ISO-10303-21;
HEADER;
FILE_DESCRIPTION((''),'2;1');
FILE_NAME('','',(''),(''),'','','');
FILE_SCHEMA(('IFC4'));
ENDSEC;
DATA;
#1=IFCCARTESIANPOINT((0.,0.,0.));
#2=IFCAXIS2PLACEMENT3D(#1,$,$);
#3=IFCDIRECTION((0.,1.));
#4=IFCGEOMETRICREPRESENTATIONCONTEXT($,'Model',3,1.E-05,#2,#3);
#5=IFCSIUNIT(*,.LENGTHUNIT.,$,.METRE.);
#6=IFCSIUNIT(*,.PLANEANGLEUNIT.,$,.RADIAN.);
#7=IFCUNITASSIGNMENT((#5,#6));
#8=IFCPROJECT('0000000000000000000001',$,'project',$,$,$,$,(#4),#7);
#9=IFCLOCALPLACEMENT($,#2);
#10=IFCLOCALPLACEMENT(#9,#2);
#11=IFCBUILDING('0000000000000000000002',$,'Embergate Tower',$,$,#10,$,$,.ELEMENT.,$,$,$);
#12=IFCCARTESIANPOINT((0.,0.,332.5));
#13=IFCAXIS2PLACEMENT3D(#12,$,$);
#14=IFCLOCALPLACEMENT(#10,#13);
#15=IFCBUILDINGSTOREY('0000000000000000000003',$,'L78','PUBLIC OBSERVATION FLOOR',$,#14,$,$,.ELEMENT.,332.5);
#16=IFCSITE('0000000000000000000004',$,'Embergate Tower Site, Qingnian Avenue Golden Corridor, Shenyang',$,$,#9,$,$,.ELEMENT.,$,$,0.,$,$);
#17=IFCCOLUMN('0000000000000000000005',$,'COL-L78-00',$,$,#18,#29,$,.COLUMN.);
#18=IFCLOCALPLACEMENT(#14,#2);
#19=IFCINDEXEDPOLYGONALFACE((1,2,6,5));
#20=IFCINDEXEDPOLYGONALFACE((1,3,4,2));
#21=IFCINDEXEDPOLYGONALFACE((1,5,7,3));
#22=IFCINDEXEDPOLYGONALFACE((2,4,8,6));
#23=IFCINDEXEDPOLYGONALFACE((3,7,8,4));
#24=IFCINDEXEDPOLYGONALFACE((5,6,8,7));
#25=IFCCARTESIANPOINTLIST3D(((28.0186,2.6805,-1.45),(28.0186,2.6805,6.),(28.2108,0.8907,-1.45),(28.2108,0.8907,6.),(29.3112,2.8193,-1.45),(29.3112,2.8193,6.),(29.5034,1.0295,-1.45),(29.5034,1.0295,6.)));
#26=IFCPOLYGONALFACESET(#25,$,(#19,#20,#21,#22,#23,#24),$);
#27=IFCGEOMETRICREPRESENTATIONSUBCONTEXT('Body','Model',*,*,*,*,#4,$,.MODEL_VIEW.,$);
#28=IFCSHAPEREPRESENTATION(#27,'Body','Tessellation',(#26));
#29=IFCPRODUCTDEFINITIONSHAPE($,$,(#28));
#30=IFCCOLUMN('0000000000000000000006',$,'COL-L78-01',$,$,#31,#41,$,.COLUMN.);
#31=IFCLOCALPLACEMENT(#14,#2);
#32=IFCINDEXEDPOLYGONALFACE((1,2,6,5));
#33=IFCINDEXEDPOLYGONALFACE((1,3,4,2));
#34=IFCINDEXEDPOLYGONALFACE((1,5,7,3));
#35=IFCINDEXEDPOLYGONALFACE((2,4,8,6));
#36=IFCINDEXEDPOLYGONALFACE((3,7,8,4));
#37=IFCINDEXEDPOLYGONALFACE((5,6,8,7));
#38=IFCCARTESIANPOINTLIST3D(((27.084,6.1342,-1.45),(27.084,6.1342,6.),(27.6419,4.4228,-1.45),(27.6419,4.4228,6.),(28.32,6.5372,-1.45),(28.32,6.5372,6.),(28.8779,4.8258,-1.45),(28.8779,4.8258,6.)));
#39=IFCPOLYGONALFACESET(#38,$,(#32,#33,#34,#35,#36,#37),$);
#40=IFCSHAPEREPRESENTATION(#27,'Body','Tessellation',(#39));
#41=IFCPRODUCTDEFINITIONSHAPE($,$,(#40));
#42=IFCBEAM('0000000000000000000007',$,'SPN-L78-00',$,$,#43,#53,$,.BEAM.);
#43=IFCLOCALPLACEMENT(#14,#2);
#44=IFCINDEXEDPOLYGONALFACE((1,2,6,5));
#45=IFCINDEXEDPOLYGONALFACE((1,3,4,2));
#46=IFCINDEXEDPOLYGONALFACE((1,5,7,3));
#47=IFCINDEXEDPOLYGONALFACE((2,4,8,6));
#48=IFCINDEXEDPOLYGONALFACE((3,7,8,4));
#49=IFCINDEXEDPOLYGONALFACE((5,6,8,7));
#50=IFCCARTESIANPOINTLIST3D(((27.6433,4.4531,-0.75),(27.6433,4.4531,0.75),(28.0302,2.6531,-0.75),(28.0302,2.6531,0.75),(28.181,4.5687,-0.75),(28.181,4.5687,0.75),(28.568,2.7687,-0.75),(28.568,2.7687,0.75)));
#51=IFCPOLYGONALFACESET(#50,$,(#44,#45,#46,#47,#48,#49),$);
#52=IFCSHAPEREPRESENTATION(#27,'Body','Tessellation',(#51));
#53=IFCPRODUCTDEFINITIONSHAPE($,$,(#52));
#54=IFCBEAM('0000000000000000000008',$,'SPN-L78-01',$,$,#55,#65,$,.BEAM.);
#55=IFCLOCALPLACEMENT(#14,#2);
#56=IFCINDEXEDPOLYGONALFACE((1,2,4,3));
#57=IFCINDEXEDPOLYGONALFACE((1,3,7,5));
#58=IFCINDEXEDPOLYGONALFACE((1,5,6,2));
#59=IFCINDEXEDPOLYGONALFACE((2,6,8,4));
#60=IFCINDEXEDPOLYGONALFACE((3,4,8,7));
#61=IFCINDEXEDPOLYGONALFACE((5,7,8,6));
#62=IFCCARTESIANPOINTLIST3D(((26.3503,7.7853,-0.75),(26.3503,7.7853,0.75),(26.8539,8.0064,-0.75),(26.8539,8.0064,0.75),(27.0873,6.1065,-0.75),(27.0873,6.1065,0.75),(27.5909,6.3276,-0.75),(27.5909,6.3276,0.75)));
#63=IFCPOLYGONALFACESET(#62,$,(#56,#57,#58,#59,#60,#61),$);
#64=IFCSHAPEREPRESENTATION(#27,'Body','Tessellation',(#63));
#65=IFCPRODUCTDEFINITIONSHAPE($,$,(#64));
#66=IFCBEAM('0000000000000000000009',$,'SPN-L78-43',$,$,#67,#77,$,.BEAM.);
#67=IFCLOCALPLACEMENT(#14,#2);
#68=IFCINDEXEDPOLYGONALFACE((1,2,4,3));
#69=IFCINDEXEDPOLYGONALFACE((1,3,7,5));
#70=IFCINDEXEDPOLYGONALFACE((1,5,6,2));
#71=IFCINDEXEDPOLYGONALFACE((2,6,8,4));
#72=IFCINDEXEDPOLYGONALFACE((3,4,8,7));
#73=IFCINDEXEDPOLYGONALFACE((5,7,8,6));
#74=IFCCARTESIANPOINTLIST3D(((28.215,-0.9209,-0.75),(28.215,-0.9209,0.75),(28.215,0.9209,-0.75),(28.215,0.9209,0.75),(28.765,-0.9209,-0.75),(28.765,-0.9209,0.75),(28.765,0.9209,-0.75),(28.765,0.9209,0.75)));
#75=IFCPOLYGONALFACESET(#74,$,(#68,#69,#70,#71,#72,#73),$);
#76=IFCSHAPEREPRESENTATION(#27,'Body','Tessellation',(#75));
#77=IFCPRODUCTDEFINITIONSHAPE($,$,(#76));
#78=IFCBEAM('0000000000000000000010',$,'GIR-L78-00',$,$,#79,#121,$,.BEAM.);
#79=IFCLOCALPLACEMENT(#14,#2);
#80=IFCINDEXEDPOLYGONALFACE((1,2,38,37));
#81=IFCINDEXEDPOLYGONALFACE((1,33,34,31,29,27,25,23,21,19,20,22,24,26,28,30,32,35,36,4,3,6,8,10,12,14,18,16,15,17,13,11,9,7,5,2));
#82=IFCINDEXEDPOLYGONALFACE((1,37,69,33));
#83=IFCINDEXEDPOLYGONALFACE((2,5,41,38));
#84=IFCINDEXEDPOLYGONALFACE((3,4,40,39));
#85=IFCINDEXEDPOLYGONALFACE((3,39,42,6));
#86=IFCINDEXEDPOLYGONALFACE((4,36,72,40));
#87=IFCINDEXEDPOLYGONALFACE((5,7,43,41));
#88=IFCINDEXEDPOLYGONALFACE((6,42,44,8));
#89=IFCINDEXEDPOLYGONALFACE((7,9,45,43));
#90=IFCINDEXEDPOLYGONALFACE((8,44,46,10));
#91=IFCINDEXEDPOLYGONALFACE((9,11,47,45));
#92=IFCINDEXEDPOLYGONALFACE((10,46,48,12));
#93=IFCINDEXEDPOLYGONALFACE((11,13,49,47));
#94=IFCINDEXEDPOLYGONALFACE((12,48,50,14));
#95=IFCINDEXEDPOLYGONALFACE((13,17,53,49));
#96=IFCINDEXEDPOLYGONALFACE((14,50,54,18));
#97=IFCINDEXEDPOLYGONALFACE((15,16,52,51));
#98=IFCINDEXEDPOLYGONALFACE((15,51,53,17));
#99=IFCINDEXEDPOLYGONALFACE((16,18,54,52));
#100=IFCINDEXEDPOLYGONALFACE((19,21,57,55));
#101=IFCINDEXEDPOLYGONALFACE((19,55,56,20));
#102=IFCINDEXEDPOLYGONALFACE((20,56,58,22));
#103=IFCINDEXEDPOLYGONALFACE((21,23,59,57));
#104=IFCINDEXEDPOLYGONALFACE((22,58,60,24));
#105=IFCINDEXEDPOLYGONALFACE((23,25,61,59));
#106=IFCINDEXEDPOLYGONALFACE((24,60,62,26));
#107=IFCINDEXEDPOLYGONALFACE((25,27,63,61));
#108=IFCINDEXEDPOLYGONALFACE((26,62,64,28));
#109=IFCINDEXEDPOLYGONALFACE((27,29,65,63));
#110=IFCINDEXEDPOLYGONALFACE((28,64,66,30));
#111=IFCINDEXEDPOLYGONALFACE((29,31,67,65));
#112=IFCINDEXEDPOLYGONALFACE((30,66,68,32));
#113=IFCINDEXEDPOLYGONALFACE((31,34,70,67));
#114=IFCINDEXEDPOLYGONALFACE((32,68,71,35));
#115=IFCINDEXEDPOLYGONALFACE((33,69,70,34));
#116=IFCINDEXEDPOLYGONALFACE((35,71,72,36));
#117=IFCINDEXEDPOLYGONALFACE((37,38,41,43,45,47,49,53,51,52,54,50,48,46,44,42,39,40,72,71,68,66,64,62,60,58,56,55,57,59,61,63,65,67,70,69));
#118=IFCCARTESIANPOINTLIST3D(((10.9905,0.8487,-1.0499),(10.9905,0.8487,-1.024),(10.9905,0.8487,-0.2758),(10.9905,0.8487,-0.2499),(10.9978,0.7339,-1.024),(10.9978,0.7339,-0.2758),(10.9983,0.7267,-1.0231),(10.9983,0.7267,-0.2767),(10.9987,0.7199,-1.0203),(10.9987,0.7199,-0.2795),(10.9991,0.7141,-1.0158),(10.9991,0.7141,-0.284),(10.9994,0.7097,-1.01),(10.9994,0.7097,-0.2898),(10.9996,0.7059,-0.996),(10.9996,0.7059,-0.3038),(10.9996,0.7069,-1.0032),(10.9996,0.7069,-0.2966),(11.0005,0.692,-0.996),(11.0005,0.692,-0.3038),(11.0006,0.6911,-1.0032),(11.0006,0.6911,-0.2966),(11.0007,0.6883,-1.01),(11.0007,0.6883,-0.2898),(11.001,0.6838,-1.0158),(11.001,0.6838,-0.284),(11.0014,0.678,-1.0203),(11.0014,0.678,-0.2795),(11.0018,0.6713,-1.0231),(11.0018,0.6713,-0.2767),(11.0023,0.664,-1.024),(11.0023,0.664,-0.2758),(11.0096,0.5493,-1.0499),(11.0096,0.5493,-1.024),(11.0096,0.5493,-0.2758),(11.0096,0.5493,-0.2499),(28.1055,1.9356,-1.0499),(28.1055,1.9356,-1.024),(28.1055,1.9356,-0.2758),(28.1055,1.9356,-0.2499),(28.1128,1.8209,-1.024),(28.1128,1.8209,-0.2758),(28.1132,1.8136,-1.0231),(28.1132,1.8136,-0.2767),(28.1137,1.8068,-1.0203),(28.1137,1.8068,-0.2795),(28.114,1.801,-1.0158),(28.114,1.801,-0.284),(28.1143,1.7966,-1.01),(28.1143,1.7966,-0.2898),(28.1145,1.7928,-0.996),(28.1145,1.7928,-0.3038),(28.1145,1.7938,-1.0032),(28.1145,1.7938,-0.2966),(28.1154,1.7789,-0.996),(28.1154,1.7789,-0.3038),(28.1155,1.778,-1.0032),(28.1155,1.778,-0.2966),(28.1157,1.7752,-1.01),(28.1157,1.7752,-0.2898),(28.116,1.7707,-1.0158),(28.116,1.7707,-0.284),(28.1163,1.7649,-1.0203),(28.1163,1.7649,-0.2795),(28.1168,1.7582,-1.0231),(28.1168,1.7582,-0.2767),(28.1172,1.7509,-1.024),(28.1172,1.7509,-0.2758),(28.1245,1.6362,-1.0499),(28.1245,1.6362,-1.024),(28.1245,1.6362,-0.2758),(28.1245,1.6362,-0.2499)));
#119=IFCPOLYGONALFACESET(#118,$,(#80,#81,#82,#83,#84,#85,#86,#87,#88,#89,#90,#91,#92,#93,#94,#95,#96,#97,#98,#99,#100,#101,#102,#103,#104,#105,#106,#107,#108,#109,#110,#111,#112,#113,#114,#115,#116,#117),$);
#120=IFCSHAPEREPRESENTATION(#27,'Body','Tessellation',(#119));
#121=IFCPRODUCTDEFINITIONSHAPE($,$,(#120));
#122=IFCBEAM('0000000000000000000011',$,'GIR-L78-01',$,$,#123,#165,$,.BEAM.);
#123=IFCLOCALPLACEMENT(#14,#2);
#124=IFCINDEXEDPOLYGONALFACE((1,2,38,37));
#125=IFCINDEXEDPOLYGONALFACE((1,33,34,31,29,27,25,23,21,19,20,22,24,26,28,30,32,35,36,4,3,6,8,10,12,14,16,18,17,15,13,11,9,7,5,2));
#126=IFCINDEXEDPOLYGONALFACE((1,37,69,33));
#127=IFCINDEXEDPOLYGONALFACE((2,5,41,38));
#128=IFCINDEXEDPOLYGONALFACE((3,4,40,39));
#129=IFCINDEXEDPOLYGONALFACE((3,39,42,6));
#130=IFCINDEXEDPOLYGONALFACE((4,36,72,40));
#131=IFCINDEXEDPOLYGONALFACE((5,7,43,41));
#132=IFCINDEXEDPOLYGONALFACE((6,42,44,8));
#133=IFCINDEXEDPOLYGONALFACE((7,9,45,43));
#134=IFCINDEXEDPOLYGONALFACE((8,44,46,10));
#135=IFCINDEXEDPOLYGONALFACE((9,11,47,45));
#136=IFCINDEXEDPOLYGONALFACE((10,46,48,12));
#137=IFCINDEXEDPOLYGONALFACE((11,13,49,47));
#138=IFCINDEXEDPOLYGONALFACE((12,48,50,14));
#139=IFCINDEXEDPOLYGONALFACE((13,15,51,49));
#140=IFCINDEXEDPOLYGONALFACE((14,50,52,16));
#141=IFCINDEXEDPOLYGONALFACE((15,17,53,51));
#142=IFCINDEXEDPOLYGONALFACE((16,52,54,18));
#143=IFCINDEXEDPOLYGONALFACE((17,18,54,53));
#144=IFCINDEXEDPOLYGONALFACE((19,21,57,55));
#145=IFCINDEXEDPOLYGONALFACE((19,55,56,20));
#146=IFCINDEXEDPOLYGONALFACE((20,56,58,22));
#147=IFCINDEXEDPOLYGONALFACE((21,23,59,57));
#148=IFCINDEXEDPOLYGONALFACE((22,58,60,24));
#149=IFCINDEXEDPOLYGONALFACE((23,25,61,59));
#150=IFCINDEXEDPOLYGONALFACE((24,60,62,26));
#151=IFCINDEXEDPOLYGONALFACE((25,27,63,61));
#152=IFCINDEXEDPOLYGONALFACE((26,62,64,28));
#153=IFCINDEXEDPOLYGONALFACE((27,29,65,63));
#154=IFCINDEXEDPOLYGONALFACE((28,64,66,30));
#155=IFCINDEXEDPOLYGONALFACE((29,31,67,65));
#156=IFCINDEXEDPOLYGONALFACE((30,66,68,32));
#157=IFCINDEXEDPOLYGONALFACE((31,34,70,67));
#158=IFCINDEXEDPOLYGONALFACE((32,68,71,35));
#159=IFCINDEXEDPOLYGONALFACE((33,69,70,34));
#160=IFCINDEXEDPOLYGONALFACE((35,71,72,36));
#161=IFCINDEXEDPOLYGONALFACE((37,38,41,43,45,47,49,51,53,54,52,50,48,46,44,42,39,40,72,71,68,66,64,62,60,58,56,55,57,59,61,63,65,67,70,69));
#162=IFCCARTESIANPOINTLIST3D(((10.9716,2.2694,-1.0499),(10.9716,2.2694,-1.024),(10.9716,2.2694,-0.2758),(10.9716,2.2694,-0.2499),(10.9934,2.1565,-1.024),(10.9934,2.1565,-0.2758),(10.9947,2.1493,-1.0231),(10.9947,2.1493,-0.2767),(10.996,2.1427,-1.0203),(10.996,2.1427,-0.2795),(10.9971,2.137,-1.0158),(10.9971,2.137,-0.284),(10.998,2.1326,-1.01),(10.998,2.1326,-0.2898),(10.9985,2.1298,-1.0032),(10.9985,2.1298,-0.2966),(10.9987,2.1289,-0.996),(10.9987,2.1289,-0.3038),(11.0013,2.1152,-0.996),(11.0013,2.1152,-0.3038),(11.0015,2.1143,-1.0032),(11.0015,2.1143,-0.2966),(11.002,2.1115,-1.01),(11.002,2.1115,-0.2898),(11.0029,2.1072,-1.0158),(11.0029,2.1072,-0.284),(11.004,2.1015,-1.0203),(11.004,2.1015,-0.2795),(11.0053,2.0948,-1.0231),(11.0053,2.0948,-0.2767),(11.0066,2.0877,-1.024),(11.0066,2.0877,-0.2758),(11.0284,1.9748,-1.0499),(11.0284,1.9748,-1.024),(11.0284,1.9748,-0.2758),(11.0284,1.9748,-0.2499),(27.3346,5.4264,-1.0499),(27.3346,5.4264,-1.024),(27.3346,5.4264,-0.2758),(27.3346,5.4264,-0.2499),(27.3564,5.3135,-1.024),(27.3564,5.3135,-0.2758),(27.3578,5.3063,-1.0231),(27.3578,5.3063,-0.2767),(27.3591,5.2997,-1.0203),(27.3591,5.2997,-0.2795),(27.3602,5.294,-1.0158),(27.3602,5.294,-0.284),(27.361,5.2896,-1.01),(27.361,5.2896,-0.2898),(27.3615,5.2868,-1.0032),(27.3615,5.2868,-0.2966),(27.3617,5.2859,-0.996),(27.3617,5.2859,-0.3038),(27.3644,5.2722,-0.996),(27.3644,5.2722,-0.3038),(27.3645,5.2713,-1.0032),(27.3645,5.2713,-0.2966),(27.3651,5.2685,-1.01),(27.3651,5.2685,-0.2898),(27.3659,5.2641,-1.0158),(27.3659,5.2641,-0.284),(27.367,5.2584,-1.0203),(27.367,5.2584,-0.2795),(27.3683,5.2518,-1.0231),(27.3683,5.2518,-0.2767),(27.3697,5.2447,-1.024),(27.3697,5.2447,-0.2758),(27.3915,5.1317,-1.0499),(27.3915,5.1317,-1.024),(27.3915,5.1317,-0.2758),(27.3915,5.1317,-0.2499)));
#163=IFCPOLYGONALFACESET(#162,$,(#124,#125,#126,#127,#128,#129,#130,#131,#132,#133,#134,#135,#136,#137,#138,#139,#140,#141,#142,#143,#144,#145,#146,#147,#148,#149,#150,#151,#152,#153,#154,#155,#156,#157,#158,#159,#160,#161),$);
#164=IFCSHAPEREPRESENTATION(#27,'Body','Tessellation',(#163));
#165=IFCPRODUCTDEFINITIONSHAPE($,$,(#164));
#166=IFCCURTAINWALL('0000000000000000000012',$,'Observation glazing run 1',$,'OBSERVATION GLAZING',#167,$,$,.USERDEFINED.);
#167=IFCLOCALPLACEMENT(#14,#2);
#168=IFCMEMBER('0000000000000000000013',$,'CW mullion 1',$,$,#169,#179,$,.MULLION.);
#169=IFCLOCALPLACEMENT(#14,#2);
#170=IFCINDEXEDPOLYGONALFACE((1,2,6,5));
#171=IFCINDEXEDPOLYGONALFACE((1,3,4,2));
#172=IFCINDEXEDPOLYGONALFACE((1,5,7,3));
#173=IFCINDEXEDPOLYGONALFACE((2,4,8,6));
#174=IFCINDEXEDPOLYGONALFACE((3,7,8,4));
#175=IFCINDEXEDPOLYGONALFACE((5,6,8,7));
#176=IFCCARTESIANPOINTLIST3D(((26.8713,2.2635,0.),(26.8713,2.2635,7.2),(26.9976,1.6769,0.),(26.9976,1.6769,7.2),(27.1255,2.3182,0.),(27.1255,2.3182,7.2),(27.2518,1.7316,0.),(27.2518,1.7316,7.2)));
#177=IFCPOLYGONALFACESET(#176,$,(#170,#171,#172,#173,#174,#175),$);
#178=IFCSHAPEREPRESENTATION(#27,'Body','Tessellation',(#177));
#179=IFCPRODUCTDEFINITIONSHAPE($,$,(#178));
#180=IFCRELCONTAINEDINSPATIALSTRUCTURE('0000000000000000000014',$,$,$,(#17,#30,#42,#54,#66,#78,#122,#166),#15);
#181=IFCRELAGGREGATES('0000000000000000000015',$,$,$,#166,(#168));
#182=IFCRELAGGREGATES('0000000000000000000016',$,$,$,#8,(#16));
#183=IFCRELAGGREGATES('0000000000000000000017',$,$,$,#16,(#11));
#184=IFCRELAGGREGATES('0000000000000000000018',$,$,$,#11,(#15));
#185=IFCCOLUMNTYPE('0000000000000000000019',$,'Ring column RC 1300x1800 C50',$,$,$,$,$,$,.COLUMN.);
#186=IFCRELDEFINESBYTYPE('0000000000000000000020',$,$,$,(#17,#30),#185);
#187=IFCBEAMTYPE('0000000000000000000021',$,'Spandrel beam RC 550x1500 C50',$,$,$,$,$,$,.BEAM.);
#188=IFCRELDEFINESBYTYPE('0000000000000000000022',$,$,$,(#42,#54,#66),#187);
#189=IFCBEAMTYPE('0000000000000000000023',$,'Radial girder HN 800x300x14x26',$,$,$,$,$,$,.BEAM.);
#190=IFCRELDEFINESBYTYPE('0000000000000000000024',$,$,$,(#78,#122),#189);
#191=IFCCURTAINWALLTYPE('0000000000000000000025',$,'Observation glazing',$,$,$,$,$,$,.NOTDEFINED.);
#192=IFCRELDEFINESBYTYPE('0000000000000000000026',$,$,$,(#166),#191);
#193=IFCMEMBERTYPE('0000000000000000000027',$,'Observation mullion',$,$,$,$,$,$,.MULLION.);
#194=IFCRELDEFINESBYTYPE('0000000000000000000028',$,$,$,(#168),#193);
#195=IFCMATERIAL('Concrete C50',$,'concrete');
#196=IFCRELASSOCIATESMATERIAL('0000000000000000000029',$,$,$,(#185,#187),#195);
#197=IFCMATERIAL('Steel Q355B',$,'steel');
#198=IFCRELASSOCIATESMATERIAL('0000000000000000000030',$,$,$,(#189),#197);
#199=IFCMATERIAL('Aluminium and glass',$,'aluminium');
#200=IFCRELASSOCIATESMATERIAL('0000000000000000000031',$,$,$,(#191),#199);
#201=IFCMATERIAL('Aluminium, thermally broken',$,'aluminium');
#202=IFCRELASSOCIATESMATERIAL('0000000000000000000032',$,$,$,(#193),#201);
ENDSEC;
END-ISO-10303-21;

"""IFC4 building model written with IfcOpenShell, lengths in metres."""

from ifc_helpers import new_model, si_unit, direction, frame, origin, origin_2d, place, context, subcontext, project, spatial, rectangle, i_section, extrude, source, transform, mapped, material, material_profile, profile_set, type_object, element, aggregate, save


model = new_model("IFC4")

# Units and contexts
model_context = context("Model", 3, precision=1e-05, world=origin(), true_north=direction((0.0, 1.0)))
body_context = subcontext(model_context, "Body", "Model", "MODEL_VIEW")
ifc_project = project(units=[si_unit("LENGTHUNIT", "METRE"), si_unit("PLANEANGLEUNIT", "RADIAN")], contexts=[model_context])

# Site, building, storey
site_placement = place(None, origin())
site = spatial("IfcSite", under=ifc_project, at=site_placement, Name="Embergate Tower Site, Qingnian Avenue Golden Corridor, Shenyang", CompositionType="ELEMENT", RefElevation=0.0)
building_placement = place(site_placement, origin())
building = spatial("IfcBuilding", under=site, at=building_placement, Name="Embergate Tower", CompositionType="ELEMENT")
storey_placement = place(building_placement, frame((0.0, 0.0, 332.5)))
storey = spatial("IfcBuildingStorey", under=building, at=storey_placement, Name="L78", Description="PUBLIC OBSERVATION FLOOR", CompositionType="ELEMENT", Elevation=332.5)

# Columns
ifc_material_1 = material(Name="Concrete C50", Category="concrete")
ifc_material_profile_1 = material_profile(ifc_material_1, rectangle(XDim=1.3, YDim=1.8, at=origin_2d()), Name="RC 1300x1800")
ifc_profile_set_1 = profile_set([ifc_material_profile_1], Name="Concrete C50")
column_type = type_object("IfcColumnType", Name="Ring column RC 1300x1800 C50", PredefinedType="COLUMN", material=ifc_profile_set_1)
shared_shape_1 = source(origin(), body_context, "Body", "SweptSolid", [
    extrude(rectangle(XDim=1.3, YDim=1.8, at=origin_2d()), origin(), (0.0, 0.0, 1.0), 7.45),
])
for number, where, z_axis, x_axis, name in (
    (1, (28.761, 1.855, -1.45), (0.0, 0.0, 1.0), (0.994286, 0.10675, 0.0), "COL-L78-00"),
    (2, (27.981, 5.48, -1.45), (0.0, 0.0, 1.0), (0.950754, 0.309946, 0.0), "COL-L78-01"),
):
    element("IfcColumn", number, at=place(storey_placement, frame(where, z_axis=z_axis, x_axis=x_axis)), inside=storey, type_object=column_type, Name=name, PredefinedType="COLUMN", context=body_context, shape_type="MappedRepresentation", body=[
        mapped(shared_shape_1, transform((0.0, 0.0, 0.0))),
    ])

# Beams
ifc_material_profile_2 = material_profile(ifc_material_1, rectangle(XDim=0.55, YDim=1.5, at=origin_2d()), Name="RC 550x1500")
ifc_profile_set_2 = profile_set([ifc_material_profile_2], Name="Concrete C50")
beam_type_1 = type_object("IfcBeamType", Name="Spandrel beam RC 550x1500 C50", PredefinedType="BEAM", material=ifc_profile_set_2)
shared_shape_2 = source(origin(), body_context, "Body", "SweptSolid", [
    extrude(rectangle(XDim=0.55, YDim=1.5, at=origin_2d()), origin(), (0.0, 0.0, 1.0), 1.8411),
])
beam_1_placement = place(storey_placement, frame((28.2991, 2.7109, 0.0), z_axis=(-0.210172, 0.977664, 0.0), x_axis=(-0.977664, -0.210172, 0.0)))
element("IfcBeam", 3, at=beam_1_placement, inside=storey, type_object=beam_type_1, Name="SPN-L78-00", PredefinedType="BEAM", context=body_context, shape_type="MappedRepresentation", body=[
    mapped(shared_shape_2, transform((0.0, 0.0, 0.0))),
])
shared_shape_3 = source(origin(), body_context, "Body", "SweptSolid", [
    extrude(rectangle(XDim=0.55, YDim=1.5, at=origin_2d()), origin(), (0.0, 0.0, 1.0), 1.8335),
])
beam_2_placement = place(storey_placement, frame((27.3391, 6.217, 0.0), z_axis=(-0.401971, 0.915652, 0.0), x_axis=(-0.915652, -0.401971, 0.0)))
element("IfcBeam", 4, at=beam_2_placement, inside=storey, type_object=beam_type_1, Name="SPN-L78-01", PredefinedType="BEAM", context=body_context, shape_type="MappedRepresentation", body=[
    mapped(shared_shape_3, transform((0.0, 0.0, 0.0))),
])
shared_shape_4 = source(origin(), body_context, "Body", "SweptSolid", [
    extrude(rectangle(XDim=0.55, YDim=1.5, at=origin_2d()), origin(), (0.0, 0.0, 1.0), 1.8418),
])
beam_3_placement = place(storey_placement, frame((28.49, -0.9209, 0.0), z_axis=(0.0, 1.0, 0.0), x_axis=(-1.0, 0.0, 0.0)))
element("IfcBeam", 5, at=beam_3_placement, inside=storey, type_object=beam_type_1, Name="SPN-L78-43", PredefinedType="BEAM", context=body_context, shape_type="MappedRepresentation", body=[
    mapped(shared_shape_4, transform((0.0, 0.0, 0.0))),
])
ifc_material_2 = material(Name="Steel Q355B", Category="steel")
ifc_material_profile_3 = material_profile(ifc_material_2, i_section(OverallWidth=0.3, OverallDepth=0.8, WebThickness=0.0139, FlangeThickness=0.0259, FilletRadius=0.0281, at=origin_2d()), Name="HN 800x300x14x26")
ifc_profile_set_3 = profile_set([ifc_material_profile_3], Name="Steel Q355 grade B")
beam_type_2 = type_object("IfcBeamType", Name="Radial girder HN 800x300x14x26", PredefinedType="BEAM", material=ifc_profile_set_3)
shared_shape_5 = source(origin(), body_context, "Body", "SweptSolid", [
    extrude(i_section(OverallWidth=0.3, OverallDepth=0.8, WebThickness=0.0139, FlangeThickness=0.0259, FilletRadius=0.0281, at=origin_2d()), origin(), (0.0, 0.0, 1.0), 17.1494),
])
beam_4_placement = place(storey_placement, frame((28.115, 1.7859, -0.6499), z_axis=(-0.99799, -0.063379, 0.0), x_axis=(0.063379, -0.99799, 0.0)))
element("IfcBeam", 6, at=beam_4_placement, inside=storey, type_object=beam_type_2, Name="GIR-L78-00", PredefinedType="BEAM", context=body_context, shape_type="MappedRepresentation", body=[
    mapped(shared_shape_5, transform((0.0, 0.0, 0.0))),
])
shared_shape_6 = source(origin(), body_context, "Body", "SweptSolid", [
    extrude(i_section(OverallWidth=0.3, OverallDepth=0.8, WebThickness=0.0139, FlangeThickness=0.0259, FilletRadius=0.0281, at=origin_2d()), origin(), (0.0, 0.0, 1.0), 16.6648),
])
beam_5_placement = place(storey_placement, frame((27.363, 5.2791, -0.6499), z_axis=(-0.981892, -0.18944, 0.0), x_axis=(0.18944, -0.981892, 0.0)))
element("IfcBeam", 7, at=beam_5_placement, inside=storey, type_object=beam_type_2, Name="GIR-L78-01", PredefinedType="BEAM", context=body_context, shape_type="MappedRepresentation", body=[
    mapped(shared_shape_6, transform((0.0, 0.0, 0.0))),
])

# Curtain wall, member
ifc_material_3 = material(Name="Aluminium and glass", Category="aluminium")
curtain_wall_type = type_object("IfcCurtainWallType", Name="Observation glazing", PredefinedType="NOTDEFINED", material=ifc_material_3)
curtain_wall_1_placement = place(storey_placement, origin())
curtain_wall_1 = element("IfcCurtainWall", 8, at=curtain_wall_1_placement, inside=storey, type_object=curtain_wall_type, Name="Observation glazing run 1", ObjectType="OBSERVATION GLAZING", PredefinedType="USERDEFINED")
ifc_material_4 = material(Name="Aluminium, thermally broken", Category="aluminium")
ifc_material_profile_4 = material_profile(ifc_material_4, rectangle(XDim=0.26, YDim=0.6001, at=origin_2d()), Name="AL 600x260")
ifc_profile_set_4 = profile_set([ifc_material_profile_4], Name="Aluminium, thermally broken")
member_type_1 = type_object("IfcMemberType", Name="Observation mullion", PredefinedType="MULLION", material=ifc_profile_set_4)
shared_shape_7 = source(origin(), body_context, "Body", "SweptSolid", [
    extrude(rectangle(XDim=0.26, YDim=0.6001, at=origin_2d()), origin(), (0.0, 0.0, 1.0), 7.2),
])
member_1_placement = place(storey_placement, frame((27.0615, 1.9976, 0.0), z_axis=(0.0, 0.0, 1.0), x_axis=(-0.977614, -0.210407, 0.0)))
member_1 = element("IfcMember", 9, at=member_1_placement, type_object=member_type_1, Name="CW mullion 1", PredefinedType="MULLION", context=body_context, shape_type="MappedRepresentation", body=[
    mapped(shared_shape_7, transform((0.0, 0.0, 0.0))),
])

aggregate(curtain_wall_1, [member_1])

save(model, "model.ifc")
